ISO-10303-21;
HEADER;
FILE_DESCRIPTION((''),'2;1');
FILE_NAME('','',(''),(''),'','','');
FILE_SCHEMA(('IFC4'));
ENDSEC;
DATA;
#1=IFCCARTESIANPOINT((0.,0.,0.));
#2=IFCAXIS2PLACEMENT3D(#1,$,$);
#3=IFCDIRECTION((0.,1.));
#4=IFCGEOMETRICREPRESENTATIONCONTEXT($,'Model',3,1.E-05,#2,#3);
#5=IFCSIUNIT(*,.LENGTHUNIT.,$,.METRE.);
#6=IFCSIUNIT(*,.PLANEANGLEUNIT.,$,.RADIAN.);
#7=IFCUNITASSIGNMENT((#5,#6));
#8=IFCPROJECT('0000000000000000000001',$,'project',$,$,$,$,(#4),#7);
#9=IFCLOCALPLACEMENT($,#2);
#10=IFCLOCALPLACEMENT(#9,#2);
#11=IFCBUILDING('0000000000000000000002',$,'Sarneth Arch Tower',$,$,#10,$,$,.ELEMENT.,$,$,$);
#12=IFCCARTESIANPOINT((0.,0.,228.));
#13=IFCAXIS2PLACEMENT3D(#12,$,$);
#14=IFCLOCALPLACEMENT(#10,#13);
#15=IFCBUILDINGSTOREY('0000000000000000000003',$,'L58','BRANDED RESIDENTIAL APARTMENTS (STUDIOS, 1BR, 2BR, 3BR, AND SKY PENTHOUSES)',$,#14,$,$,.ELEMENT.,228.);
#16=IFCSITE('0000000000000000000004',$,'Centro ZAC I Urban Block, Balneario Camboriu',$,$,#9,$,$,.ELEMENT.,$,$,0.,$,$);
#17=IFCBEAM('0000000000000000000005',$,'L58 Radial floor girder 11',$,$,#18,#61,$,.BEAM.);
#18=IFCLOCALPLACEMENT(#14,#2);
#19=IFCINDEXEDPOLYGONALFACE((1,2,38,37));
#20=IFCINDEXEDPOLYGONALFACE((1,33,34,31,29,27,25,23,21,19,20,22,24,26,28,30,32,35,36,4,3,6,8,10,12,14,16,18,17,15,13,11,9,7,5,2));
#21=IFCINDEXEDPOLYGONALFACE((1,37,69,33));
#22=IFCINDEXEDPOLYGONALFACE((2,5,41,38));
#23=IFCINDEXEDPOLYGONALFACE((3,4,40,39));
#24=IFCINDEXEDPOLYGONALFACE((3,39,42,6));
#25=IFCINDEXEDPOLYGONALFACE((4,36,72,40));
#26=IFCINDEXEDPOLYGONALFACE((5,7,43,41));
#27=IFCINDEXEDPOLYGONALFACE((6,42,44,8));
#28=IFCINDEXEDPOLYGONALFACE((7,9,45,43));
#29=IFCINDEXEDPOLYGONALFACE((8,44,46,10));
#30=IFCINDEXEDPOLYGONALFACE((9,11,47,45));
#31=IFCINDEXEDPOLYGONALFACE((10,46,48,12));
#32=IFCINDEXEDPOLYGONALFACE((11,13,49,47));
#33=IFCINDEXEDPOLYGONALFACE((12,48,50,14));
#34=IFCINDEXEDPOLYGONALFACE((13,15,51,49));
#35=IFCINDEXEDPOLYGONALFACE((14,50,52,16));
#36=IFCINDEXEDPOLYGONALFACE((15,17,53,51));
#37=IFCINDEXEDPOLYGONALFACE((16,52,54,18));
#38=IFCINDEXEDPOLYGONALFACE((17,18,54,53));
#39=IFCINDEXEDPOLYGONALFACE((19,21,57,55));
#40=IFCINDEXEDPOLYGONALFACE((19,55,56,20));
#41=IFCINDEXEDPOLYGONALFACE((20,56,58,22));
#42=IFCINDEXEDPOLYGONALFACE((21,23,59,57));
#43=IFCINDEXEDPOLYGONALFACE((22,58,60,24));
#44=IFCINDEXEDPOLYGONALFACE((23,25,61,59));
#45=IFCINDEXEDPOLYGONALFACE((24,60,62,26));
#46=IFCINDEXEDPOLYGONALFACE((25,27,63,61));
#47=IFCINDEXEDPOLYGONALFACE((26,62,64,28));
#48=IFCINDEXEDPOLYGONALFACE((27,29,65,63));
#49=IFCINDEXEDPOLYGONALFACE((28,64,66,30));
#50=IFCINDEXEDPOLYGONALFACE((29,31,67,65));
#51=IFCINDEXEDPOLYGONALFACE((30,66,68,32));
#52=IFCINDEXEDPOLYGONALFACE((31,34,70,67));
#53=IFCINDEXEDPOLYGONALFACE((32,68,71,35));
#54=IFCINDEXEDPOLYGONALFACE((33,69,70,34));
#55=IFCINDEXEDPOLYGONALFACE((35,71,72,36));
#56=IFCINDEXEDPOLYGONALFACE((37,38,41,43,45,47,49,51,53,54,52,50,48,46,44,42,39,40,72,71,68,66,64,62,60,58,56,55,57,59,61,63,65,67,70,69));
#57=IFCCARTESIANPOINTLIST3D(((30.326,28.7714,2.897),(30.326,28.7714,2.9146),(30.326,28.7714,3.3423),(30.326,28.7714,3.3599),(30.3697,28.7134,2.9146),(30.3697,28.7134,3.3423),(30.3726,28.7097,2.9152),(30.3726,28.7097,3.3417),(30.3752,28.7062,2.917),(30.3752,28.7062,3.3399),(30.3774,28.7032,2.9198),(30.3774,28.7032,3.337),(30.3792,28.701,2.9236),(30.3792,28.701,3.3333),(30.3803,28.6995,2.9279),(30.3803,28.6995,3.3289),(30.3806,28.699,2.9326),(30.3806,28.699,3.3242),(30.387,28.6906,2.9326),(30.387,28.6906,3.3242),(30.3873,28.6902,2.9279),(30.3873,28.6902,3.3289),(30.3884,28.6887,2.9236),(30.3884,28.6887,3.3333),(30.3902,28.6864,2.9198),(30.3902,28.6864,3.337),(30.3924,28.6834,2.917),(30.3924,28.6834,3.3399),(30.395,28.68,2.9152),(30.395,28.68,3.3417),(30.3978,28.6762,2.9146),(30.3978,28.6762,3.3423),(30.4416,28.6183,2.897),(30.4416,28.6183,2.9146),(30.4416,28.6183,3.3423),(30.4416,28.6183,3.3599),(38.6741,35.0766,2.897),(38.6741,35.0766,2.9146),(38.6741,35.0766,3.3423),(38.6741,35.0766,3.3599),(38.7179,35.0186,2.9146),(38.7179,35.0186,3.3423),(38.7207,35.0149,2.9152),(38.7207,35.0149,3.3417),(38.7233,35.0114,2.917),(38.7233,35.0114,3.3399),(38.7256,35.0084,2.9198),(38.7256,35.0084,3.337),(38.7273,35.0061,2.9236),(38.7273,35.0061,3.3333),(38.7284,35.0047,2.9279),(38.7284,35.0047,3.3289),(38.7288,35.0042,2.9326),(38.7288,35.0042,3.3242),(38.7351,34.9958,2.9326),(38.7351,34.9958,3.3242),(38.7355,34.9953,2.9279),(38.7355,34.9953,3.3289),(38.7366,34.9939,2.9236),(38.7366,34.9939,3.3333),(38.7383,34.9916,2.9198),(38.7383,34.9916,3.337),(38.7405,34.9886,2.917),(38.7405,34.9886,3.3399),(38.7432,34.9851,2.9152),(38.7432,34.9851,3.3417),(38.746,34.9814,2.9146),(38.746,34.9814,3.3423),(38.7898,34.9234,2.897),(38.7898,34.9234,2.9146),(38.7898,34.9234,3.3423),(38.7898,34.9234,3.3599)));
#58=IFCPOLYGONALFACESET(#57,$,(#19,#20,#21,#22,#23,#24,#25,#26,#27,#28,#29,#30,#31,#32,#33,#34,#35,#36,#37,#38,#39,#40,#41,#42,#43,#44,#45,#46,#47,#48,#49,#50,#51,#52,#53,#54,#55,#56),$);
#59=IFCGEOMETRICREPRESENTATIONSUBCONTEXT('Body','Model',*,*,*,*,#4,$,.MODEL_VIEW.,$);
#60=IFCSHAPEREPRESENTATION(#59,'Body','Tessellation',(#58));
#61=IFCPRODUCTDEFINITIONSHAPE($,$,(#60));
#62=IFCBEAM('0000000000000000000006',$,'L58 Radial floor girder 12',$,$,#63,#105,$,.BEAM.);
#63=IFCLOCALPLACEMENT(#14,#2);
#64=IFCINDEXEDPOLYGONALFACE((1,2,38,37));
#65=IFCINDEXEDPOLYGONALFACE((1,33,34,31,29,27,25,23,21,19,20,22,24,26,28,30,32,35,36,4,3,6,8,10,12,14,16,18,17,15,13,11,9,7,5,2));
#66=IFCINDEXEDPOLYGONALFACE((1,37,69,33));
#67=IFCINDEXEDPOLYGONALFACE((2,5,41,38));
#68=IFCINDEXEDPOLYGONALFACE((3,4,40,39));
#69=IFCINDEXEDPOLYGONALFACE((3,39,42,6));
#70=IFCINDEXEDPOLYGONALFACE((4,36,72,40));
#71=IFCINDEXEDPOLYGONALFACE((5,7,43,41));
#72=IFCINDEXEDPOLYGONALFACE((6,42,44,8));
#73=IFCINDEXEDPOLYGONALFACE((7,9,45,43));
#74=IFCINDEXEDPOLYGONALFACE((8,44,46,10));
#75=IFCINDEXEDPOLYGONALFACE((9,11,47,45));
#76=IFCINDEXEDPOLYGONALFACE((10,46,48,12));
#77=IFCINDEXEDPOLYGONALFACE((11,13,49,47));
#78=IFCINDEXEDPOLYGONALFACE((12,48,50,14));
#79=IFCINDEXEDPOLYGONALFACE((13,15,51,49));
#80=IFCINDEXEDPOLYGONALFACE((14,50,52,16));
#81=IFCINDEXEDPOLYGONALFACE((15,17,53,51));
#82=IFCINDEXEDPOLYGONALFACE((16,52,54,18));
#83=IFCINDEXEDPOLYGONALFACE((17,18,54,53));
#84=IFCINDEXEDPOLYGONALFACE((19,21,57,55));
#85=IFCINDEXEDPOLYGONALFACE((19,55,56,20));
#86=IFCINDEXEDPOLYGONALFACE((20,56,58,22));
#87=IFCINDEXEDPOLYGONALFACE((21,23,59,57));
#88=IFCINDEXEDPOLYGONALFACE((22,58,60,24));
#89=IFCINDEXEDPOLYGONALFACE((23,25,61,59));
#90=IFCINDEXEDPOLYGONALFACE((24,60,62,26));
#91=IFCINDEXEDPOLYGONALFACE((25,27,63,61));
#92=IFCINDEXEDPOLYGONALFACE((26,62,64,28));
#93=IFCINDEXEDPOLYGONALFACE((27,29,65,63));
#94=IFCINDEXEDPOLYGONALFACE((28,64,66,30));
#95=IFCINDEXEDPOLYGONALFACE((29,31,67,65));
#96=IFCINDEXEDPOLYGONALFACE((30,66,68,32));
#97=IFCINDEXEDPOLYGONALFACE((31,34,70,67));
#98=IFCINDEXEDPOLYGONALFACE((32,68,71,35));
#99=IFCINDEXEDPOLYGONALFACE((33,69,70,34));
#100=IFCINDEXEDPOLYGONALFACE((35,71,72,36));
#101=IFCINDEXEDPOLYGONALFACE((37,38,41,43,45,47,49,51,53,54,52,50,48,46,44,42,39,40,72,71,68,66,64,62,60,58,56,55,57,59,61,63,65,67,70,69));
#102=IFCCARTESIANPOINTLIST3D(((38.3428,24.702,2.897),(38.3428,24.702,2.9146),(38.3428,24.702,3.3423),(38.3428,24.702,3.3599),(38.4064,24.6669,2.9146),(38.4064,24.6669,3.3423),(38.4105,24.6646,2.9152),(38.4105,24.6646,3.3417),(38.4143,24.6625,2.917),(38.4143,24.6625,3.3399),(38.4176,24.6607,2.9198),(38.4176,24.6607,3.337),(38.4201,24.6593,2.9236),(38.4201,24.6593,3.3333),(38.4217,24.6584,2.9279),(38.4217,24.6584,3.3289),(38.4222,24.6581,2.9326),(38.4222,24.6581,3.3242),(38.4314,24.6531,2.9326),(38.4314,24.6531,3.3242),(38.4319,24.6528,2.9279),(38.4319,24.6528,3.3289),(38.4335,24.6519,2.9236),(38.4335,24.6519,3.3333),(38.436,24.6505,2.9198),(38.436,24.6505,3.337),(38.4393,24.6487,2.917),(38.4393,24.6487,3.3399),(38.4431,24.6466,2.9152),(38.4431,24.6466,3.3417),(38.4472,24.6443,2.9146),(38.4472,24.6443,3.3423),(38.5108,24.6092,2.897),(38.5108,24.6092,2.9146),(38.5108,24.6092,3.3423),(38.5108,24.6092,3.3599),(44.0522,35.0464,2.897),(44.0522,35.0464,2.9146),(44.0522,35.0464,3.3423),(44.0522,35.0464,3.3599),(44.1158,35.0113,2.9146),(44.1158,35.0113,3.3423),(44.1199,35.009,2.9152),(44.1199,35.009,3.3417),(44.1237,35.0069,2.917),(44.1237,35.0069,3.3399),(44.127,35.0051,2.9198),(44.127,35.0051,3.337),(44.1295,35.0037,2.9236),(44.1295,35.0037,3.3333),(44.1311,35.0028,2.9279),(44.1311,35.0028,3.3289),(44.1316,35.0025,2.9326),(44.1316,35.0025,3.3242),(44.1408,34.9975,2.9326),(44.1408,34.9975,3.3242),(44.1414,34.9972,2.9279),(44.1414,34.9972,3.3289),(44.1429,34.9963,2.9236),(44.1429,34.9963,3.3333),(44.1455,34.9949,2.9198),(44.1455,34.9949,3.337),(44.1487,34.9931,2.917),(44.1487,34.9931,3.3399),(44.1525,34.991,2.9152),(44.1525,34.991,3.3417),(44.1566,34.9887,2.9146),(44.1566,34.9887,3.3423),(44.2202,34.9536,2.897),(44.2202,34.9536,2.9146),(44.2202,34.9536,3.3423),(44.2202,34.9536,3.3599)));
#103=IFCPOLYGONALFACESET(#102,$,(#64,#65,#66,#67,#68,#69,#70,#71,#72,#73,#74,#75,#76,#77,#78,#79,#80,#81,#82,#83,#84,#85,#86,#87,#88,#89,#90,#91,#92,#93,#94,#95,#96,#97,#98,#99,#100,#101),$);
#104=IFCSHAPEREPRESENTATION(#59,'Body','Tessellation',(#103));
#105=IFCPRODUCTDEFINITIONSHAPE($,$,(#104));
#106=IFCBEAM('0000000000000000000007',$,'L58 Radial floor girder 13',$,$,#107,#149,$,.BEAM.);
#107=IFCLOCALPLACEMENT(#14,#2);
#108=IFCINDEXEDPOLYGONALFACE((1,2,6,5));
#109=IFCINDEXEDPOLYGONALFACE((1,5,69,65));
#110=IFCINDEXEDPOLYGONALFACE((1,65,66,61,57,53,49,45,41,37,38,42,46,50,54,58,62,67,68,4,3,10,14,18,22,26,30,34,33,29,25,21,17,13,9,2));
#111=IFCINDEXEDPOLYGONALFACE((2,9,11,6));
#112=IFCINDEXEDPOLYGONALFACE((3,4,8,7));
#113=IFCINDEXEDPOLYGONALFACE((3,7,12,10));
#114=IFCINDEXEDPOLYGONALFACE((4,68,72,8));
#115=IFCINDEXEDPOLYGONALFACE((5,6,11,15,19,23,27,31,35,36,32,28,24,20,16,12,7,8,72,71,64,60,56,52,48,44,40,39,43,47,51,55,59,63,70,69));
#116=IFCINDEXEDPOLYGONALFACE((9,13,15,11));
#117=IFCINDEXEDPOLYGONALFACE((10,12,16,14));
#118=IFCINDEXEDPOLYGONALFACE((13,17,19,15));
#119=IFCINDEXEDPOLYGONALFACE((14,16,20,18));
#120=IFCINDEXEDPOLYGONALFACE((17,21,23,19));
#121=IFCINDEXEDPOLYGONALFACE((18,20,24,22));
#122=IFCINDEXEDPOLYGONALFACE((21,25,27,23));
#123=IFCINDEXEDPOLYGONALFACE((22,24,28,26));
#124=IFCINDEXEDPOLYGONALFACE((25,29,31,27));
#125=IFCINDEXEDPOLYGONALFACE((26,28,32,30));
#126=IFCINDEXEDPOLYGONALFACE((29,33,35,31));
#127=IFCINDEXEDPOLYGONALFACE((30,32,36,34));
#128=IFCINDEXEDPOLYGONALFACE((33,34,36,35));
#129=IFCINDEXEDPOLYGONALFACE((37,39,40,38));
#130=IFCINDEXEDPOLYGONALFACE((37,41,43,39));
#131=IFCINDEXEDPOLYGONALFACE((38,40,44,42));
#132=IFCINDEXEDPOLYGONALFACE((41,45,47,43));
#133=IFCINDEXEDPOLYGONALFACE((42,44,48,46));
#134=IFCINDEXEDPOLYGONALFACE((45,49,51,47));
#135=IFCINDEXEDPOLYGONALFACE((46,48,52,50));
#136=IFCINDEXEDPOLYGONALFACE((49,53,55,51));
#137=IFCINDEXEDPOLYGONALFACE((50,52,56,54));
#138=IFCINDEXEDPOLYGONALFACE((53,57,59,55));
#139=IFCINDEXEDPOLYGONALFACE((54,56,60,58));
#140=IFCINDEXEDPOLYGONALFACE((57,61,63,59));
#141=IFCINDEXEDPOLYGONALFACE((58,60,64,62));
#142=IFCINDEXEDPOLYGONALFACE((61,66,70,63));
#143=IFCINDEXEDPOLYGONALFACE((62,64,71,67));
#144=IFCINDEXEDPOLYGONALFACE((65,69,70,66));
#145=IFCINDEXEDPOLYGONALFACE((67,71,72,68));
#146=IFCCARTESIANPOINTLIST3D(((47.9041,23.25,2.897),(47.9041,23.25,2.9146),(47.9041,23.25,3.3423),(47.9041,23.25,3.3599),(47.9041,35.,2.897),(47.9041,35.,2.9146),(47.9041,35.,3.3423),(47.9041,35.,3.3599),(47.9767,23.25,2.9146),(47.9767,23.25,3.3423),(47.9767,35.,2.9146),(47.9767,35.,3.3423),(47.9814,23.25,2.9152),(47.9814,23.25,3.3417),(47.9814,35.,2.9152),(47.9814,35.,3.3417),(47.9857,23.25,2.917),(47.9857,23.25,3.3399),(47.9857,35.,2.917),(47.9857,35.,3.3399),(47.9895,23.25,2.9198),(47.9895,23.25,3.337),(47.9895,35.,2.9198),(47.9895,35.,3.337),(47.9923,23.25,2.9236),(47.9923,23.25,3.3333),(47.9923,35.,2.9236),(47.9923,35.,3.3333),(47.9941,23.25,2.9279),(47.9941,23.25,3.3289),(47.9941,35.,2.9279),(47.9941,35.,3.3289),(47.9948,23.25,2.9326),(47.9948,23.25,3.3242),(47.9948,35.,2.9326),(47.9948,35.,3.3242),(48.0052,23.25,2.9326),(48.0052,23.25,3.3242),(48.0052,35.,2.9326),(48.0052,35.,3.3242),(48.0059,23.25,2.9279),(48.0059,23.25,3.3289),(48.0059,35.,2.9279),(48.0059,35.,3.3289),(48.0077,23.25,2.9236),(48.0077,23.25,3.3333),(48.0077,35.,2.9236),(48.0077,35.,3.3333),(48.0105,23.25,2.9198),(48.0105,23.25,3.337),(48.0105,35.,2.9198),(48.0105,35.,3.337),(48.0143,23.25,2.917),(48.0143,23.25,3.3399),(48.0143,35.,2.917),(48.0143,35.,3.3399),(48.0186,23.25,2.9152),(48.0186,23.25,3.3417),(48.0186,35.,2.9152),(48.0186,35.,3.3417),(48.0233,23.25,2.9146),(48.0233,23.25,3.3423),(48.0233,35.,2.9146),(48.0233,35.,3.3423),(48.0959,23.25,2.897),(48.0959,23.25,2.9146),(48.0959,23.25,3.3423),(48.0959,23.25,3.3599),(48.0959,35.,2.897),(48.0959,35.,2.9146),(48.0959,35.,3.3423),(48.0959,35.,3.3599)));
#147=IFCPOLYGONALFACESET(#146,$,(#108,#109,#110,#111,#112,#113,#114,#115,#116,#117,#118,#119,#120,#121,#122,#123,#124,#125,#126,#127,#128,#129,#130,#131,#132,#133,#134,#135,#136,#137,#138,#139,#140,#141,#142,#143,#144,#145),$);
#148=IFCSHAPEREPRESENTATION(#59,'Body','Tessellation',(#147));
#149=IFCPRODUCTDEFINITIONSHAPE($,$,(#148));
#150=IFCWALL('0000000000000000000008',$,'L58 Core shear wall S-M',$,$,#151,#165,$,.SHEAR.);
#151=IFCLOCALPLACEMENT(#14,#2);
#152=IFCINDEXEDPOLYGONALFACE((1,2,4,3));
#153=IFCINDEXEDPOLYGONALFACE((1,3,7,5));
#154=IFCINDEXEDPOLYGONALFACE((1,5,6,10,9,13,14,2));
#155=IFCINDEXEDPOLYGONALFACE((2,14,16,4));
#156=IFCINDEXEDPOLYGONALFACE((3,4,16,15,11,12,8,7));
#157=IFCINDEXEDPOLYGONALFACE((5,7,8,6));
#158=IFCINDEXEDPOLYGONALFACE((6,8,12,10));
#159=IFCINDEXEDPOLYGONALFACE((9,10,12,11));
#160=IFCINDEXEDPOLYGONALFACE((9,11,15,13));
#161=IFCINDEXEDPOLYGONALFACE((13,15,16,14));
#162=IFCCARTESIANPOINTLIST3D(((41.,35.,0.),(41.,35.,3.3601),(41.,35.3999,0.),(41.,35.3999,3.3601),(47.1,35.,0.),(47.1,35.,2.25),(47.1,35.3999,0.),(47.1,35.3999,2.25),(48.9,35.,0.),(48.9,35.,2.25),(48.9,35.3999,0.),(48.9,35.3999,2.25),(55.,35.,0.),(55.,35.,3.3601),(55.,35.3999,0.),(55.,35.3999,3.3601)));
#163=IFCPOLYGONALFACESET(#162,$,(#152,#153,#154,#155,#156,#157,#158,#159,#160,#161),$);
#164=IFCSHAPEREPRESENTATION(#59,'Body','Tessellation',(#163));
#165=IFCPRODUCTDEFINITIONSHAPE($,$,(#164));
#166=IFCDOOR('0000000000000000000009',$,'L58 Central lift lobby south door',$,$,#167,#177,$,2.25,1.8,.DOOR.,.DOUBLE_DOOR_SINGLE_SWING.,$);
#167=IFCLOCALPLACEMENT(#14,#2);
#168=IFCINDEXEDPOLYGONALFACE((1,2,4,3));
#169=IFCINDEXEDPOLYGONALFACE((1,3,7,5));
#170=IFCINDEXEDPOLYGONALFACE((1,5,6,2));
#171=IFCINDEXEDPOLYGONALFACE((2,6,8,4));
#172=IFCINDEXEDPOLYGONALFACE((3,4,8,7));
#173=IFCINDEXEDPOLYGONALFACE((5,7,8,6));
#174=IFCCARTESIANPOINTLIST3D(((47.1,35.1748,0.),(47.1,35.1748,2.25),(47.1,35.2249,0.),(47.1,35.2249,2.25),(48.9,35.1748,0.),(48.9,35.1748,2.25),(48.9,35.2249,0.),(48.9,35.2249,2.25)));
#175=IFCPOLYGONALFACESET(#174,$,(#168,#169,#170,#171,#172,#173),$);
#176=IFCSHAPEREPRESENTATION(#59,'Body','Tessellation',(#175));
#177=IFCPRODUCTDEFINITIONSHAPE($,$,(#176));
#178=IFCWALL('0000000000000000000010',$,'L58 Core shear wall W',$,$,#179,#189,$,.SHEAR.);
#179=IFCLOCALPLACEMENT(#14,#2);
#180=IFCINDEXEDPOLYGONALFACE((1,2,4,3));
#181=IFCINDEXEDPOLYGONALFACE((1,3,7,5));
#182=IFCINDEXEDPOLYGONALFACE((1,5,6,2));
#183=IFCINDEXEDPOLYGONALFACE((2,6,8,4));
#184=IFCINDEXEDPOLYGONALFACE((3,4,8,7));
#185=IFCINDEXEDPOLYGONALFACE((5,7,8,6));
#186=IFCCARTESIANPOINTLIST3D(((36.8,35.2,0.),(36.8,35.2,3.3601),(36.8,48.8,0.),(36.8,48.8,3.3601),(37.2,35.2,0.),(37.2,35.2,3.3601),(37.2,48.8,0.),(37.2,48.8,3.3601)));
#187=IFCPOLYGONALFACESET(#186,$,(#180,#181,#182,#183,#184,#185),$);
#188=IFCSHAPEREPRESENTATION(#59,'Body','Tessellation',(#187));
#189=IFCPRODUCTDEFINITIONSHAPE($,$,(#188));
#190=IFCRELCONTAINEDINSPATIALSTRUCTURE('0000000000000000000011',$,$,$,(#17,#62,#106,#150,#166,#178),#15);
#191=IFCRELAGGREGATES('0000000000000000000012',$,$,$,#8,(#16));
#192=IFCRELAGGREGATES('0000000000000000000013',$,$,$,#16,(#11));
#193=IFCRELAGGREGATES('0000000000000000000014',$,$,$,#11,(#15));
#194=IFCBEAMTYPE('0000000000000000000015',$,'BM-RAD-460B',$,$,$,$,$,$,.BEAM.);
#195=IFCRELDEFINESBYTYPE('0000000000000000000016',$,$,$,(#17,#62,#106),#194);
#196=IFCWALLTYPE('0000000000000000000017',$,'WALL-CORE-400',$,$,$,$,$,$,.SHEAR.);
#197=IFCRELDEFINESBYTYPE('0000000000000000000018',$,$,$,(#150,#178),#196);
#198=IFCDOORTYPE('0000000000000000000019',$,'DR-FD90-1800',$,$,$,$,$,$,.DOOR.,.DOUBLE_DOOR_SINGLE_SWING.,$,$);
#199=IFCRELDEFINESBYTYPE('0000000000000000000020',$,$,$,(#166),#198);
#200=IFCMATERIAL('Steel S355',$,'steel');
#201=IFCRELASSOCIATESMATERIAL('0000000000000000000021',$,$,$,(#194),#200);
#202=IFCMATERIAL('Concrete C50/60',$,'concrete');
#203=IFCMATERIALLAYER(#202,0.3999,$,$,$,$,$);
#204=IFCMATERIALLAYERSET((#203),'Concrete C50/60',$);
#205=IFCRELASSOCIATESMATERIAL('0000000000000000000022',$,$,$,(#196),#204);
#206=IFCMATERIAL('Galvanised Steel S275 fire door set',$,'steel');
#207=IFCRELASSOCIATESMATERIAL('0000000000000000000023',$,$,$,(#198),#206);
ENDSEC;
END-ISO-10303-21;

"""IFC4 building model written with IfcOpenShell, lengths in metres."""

from ifc_helpers import new_model, si_unit, direction, frame, frame_2d, origin, origin_2d, place, context, subcontext, project, spatial, rectangle, i_section, extrude, material, layer, layer_set, material_profile, profile_set, type_object, element, fill, save


model = new_model("IFC4")

# Units and contexts
model_context = context("Model", 3, precision=1e-05, world=origin(), true_north=direction((0.0, 1.0)))
body_context = subcontext(model_context, "Body", "Model", "MODEL_VIEW")
ifc_project = project(units=[si_unit("LENGTHUNIT", "METRE"), si_unit("PLANEANGLEUNIT", "RADIAN")], contexts=[model_context])

# Site, building, storey
site_placement = place(None, origin())
site = spatial("IfcSite", under=ifc_project, at=site_placement, Name="Centro ZAC I Urban Block, Balneario Camboriu", CompositionType="ELEMENT", RefElevation=0.0)
building_placement = place(site_placement, origin())
building = spatial("IfcBuilding", under=site, at=building_placement, Name="Sarneth Arch Tower", CompositionType="ELEMENT")
storey_placement = place(building_placement, frame((0.0, 0.0, 228.0)))
storey = spatial("IfcBuildingStorey", under=building, at=storey_placement, Name="L58", Description="BRANDED RESIDENTIAL APARTMENTS (STUDIOS, 1BR, 2BR, 3BR, AND SKY PENTHOUSES)", CompositionType="ELEMENT", Elevation=228.0)

# Beams
ifc_material_1 = material(Name="Steel S355", Category="steel")
ifc_material_profile_1 = material_profile(ifc_material_1, i_section(OverallWidth=0.1919, OverallDepth=0.4629, WebThickness=0.0105, FlangeThickness=0.0176, FilletRadius=0.0181, at=origin_2d()), Name="W460x89")
ifc_profile_set_1 = profile_set([ifc_material_profile_1], Name="Steel S355")
beam_type_1 = type_object("IfcBeamType", Name="BM-RAD-460B", PredefinedType="BEAM", material=ifc_profile_set_1)
beam_1_placement = place(storey_placement, frame((38.7319, 35.0, 3.1284), z_axis=(-0.797974, -0.602692, 0.0), x_axis=(0.602692, -0.797974, 0.0)))
element("IfcBeam", 1, at=beam_1_placement, inside=storey, type_object=beam_type_1, Name="L58 Radial floor girder 11", PredefinedType="BEAM", context=body_context, shape_type="SweptSolid", body=[
    extrude(i_section(OverallWidth=0.1919, OverallDepth=0.4629, WebThickness=0.0105, FlangeThickness=0.0176, FilletRadius=0.0181, at=origin_2d()), origin(), (0.0, 0.0, 1.0), 10.4617),
])
beam_2_placement = place(storey_placement, frame((44.1362, 35.0, 3.1284), z_axis=(-0.483218, -0.8755, 0.0), x_axis=(0.8755, -0.483218, 0.0)))
element("IfcBeam", 2, at=beam_2_placement, inside=storey, type_object=beam_type_1, Name="L58 Radial floor girder 12", PredefinedType="BEAM", context=body_context, shape_type="SweptSolid", body=[
    extrude(i_section(OverallWidth=0.1919, OverallDepth=0.4629, WebThickness=0.0105, FlangeThickness=0.0176, FilletRadius=0.0181, at=origin_2d()), origin(), (0.0, 0.0, 1.0), 11.8154),
])
beam_3_placement = place(storey_placement, frame((48.0, 35.0, 3.1284), z_axis=(0.0, -1.0, 0.0), x_axis=(1.0, 0.0, 0.0)))
element("IfcBeam", 3, at=beam_3_placement, inside=storey, type_object=beam_type_1, Name="L58 Radial floor girder 13", PredefinedType="BEAM", context=body_context, shape_type="SweptSolid", body=[
    extrude(i_section(OverallWidth=0.1919, OverallDepth=0.4629, WebThickness=0.0105, FlangeThickness=0.0176, FilletRadius=0.0181, at=origin_2d()), origin(), (0.0, 0.0, 1.0), 11.75),
])

# Wall, opening, door
ifc_material_2 = material(Name="Concrete C50/60", Category="concrete")
ifc_layer_1 = layer(ifc_material_2, 0.3999)
ifc_layer_set_1 = layer_set([ifc_layer_1], Name="Concrete C50/60")
wall_type_1 = type_object("IfcWallType", Name="WALL-CORE-400", PredefinedType="SHEAR", material=ifc_layer_set_1)
wall_1_placement = place(storey_placement, frame((41.0, 35.2, 0.0), z_axis=(0.0, 0.0, 1.0), x_axis=(1.0, 0.0, 0.0)))
wall_1 = element("IfcWall", 4, at=wall_1_placement, inside=storey, type_object=wall_type_1, Name="L58 Core shear wall S-M", PredefinedType="SHEAR", context=body_context, shape_type="SweptSolid", body=[
    extrude(rectangle(XDim=14.0, YDim=0.3999, at=frame_2d((7.0, 0.0))), origin(), (0.0, 0.0, 1.0), 3.3601),
])
opening_1_placement = place(wall_1_placement, frame((6.1001, 0.0, 0.0)))
opening_1 = element("IfcOpeningElement", 5, at=opening_1_placement, cuts=wall_1, PredefinedType="OPENING", context=body_context, shape_type="SweptSolid", body=[
    extrude(rectangle(XDim=1.8, YDim=2.25, at=frame_2d((0.8999, 1.125))), frame((0.0, 0.21, 0.0), z_axis=(0.0, -1.0, 0.0), x_axis=(1.0, 0.0, 0.0)), (0.0, 0.0, 1.0), 0.4199),
])
ifc_material_3 = material(Name="Galvanised Steel S275 fire door set", Category="steel")
door_type_1 = type_object("IfcDoorType", Name="DR-FD90-1800", OperationType="DOUBLE_DOOR_SINGLE_SWING", PredefinedType="DOOR", material=ifc_material_3)
door_1_placement = place(opening_1_placement, origin())
door_1 = element("IfcDoor", 6, at=door_1_placement, inside=storey, type_object=door_type_1, Name="L58 Central lift lobby south door", OperationType="DOUBLE_DOOR_SINGLE_SWING", OverallHeight=2.25, OverallWidth=1.8, PredefinedType="DOOR", context=body_context, shape_type="SweptSolid", body=[
    extrude(rectangle(XDim=1.8, YDim=2.25, at=frame_2d((0.8999, 1.125))), frame((0.0, 0.0249, 0.0), z_axis=(0.0, -1.0, 0.0), x_axis=(1.0, 0.0, 0.0)), (0.0, 0.0, 1.0), 0.05),
])
fill(opening_1, door_1)

# Wall
wall_2_placement = place(storey_placement, frame((37.0, 35.2, 0.0), z_axis=(0.0, 0.0, 1.0), x_axis=(0.0, 1.0, 0.0)))
element("IfcWall", 7, at=wall_2_placement, inside=storey, type_object=wall_type_1, Name="L58 Core shear wall W", PredefinedType="SHEAR", context=body_context, shape_type="SweptSolid", body=[
    extrude(rectangle(XDim=13.6001, YDim=0.3999, at=frame_2d((6.8, 0.0))), origin(), (0.0, 0.0, 1.0), 3.3601),
])

save(model, "model.ifc")
